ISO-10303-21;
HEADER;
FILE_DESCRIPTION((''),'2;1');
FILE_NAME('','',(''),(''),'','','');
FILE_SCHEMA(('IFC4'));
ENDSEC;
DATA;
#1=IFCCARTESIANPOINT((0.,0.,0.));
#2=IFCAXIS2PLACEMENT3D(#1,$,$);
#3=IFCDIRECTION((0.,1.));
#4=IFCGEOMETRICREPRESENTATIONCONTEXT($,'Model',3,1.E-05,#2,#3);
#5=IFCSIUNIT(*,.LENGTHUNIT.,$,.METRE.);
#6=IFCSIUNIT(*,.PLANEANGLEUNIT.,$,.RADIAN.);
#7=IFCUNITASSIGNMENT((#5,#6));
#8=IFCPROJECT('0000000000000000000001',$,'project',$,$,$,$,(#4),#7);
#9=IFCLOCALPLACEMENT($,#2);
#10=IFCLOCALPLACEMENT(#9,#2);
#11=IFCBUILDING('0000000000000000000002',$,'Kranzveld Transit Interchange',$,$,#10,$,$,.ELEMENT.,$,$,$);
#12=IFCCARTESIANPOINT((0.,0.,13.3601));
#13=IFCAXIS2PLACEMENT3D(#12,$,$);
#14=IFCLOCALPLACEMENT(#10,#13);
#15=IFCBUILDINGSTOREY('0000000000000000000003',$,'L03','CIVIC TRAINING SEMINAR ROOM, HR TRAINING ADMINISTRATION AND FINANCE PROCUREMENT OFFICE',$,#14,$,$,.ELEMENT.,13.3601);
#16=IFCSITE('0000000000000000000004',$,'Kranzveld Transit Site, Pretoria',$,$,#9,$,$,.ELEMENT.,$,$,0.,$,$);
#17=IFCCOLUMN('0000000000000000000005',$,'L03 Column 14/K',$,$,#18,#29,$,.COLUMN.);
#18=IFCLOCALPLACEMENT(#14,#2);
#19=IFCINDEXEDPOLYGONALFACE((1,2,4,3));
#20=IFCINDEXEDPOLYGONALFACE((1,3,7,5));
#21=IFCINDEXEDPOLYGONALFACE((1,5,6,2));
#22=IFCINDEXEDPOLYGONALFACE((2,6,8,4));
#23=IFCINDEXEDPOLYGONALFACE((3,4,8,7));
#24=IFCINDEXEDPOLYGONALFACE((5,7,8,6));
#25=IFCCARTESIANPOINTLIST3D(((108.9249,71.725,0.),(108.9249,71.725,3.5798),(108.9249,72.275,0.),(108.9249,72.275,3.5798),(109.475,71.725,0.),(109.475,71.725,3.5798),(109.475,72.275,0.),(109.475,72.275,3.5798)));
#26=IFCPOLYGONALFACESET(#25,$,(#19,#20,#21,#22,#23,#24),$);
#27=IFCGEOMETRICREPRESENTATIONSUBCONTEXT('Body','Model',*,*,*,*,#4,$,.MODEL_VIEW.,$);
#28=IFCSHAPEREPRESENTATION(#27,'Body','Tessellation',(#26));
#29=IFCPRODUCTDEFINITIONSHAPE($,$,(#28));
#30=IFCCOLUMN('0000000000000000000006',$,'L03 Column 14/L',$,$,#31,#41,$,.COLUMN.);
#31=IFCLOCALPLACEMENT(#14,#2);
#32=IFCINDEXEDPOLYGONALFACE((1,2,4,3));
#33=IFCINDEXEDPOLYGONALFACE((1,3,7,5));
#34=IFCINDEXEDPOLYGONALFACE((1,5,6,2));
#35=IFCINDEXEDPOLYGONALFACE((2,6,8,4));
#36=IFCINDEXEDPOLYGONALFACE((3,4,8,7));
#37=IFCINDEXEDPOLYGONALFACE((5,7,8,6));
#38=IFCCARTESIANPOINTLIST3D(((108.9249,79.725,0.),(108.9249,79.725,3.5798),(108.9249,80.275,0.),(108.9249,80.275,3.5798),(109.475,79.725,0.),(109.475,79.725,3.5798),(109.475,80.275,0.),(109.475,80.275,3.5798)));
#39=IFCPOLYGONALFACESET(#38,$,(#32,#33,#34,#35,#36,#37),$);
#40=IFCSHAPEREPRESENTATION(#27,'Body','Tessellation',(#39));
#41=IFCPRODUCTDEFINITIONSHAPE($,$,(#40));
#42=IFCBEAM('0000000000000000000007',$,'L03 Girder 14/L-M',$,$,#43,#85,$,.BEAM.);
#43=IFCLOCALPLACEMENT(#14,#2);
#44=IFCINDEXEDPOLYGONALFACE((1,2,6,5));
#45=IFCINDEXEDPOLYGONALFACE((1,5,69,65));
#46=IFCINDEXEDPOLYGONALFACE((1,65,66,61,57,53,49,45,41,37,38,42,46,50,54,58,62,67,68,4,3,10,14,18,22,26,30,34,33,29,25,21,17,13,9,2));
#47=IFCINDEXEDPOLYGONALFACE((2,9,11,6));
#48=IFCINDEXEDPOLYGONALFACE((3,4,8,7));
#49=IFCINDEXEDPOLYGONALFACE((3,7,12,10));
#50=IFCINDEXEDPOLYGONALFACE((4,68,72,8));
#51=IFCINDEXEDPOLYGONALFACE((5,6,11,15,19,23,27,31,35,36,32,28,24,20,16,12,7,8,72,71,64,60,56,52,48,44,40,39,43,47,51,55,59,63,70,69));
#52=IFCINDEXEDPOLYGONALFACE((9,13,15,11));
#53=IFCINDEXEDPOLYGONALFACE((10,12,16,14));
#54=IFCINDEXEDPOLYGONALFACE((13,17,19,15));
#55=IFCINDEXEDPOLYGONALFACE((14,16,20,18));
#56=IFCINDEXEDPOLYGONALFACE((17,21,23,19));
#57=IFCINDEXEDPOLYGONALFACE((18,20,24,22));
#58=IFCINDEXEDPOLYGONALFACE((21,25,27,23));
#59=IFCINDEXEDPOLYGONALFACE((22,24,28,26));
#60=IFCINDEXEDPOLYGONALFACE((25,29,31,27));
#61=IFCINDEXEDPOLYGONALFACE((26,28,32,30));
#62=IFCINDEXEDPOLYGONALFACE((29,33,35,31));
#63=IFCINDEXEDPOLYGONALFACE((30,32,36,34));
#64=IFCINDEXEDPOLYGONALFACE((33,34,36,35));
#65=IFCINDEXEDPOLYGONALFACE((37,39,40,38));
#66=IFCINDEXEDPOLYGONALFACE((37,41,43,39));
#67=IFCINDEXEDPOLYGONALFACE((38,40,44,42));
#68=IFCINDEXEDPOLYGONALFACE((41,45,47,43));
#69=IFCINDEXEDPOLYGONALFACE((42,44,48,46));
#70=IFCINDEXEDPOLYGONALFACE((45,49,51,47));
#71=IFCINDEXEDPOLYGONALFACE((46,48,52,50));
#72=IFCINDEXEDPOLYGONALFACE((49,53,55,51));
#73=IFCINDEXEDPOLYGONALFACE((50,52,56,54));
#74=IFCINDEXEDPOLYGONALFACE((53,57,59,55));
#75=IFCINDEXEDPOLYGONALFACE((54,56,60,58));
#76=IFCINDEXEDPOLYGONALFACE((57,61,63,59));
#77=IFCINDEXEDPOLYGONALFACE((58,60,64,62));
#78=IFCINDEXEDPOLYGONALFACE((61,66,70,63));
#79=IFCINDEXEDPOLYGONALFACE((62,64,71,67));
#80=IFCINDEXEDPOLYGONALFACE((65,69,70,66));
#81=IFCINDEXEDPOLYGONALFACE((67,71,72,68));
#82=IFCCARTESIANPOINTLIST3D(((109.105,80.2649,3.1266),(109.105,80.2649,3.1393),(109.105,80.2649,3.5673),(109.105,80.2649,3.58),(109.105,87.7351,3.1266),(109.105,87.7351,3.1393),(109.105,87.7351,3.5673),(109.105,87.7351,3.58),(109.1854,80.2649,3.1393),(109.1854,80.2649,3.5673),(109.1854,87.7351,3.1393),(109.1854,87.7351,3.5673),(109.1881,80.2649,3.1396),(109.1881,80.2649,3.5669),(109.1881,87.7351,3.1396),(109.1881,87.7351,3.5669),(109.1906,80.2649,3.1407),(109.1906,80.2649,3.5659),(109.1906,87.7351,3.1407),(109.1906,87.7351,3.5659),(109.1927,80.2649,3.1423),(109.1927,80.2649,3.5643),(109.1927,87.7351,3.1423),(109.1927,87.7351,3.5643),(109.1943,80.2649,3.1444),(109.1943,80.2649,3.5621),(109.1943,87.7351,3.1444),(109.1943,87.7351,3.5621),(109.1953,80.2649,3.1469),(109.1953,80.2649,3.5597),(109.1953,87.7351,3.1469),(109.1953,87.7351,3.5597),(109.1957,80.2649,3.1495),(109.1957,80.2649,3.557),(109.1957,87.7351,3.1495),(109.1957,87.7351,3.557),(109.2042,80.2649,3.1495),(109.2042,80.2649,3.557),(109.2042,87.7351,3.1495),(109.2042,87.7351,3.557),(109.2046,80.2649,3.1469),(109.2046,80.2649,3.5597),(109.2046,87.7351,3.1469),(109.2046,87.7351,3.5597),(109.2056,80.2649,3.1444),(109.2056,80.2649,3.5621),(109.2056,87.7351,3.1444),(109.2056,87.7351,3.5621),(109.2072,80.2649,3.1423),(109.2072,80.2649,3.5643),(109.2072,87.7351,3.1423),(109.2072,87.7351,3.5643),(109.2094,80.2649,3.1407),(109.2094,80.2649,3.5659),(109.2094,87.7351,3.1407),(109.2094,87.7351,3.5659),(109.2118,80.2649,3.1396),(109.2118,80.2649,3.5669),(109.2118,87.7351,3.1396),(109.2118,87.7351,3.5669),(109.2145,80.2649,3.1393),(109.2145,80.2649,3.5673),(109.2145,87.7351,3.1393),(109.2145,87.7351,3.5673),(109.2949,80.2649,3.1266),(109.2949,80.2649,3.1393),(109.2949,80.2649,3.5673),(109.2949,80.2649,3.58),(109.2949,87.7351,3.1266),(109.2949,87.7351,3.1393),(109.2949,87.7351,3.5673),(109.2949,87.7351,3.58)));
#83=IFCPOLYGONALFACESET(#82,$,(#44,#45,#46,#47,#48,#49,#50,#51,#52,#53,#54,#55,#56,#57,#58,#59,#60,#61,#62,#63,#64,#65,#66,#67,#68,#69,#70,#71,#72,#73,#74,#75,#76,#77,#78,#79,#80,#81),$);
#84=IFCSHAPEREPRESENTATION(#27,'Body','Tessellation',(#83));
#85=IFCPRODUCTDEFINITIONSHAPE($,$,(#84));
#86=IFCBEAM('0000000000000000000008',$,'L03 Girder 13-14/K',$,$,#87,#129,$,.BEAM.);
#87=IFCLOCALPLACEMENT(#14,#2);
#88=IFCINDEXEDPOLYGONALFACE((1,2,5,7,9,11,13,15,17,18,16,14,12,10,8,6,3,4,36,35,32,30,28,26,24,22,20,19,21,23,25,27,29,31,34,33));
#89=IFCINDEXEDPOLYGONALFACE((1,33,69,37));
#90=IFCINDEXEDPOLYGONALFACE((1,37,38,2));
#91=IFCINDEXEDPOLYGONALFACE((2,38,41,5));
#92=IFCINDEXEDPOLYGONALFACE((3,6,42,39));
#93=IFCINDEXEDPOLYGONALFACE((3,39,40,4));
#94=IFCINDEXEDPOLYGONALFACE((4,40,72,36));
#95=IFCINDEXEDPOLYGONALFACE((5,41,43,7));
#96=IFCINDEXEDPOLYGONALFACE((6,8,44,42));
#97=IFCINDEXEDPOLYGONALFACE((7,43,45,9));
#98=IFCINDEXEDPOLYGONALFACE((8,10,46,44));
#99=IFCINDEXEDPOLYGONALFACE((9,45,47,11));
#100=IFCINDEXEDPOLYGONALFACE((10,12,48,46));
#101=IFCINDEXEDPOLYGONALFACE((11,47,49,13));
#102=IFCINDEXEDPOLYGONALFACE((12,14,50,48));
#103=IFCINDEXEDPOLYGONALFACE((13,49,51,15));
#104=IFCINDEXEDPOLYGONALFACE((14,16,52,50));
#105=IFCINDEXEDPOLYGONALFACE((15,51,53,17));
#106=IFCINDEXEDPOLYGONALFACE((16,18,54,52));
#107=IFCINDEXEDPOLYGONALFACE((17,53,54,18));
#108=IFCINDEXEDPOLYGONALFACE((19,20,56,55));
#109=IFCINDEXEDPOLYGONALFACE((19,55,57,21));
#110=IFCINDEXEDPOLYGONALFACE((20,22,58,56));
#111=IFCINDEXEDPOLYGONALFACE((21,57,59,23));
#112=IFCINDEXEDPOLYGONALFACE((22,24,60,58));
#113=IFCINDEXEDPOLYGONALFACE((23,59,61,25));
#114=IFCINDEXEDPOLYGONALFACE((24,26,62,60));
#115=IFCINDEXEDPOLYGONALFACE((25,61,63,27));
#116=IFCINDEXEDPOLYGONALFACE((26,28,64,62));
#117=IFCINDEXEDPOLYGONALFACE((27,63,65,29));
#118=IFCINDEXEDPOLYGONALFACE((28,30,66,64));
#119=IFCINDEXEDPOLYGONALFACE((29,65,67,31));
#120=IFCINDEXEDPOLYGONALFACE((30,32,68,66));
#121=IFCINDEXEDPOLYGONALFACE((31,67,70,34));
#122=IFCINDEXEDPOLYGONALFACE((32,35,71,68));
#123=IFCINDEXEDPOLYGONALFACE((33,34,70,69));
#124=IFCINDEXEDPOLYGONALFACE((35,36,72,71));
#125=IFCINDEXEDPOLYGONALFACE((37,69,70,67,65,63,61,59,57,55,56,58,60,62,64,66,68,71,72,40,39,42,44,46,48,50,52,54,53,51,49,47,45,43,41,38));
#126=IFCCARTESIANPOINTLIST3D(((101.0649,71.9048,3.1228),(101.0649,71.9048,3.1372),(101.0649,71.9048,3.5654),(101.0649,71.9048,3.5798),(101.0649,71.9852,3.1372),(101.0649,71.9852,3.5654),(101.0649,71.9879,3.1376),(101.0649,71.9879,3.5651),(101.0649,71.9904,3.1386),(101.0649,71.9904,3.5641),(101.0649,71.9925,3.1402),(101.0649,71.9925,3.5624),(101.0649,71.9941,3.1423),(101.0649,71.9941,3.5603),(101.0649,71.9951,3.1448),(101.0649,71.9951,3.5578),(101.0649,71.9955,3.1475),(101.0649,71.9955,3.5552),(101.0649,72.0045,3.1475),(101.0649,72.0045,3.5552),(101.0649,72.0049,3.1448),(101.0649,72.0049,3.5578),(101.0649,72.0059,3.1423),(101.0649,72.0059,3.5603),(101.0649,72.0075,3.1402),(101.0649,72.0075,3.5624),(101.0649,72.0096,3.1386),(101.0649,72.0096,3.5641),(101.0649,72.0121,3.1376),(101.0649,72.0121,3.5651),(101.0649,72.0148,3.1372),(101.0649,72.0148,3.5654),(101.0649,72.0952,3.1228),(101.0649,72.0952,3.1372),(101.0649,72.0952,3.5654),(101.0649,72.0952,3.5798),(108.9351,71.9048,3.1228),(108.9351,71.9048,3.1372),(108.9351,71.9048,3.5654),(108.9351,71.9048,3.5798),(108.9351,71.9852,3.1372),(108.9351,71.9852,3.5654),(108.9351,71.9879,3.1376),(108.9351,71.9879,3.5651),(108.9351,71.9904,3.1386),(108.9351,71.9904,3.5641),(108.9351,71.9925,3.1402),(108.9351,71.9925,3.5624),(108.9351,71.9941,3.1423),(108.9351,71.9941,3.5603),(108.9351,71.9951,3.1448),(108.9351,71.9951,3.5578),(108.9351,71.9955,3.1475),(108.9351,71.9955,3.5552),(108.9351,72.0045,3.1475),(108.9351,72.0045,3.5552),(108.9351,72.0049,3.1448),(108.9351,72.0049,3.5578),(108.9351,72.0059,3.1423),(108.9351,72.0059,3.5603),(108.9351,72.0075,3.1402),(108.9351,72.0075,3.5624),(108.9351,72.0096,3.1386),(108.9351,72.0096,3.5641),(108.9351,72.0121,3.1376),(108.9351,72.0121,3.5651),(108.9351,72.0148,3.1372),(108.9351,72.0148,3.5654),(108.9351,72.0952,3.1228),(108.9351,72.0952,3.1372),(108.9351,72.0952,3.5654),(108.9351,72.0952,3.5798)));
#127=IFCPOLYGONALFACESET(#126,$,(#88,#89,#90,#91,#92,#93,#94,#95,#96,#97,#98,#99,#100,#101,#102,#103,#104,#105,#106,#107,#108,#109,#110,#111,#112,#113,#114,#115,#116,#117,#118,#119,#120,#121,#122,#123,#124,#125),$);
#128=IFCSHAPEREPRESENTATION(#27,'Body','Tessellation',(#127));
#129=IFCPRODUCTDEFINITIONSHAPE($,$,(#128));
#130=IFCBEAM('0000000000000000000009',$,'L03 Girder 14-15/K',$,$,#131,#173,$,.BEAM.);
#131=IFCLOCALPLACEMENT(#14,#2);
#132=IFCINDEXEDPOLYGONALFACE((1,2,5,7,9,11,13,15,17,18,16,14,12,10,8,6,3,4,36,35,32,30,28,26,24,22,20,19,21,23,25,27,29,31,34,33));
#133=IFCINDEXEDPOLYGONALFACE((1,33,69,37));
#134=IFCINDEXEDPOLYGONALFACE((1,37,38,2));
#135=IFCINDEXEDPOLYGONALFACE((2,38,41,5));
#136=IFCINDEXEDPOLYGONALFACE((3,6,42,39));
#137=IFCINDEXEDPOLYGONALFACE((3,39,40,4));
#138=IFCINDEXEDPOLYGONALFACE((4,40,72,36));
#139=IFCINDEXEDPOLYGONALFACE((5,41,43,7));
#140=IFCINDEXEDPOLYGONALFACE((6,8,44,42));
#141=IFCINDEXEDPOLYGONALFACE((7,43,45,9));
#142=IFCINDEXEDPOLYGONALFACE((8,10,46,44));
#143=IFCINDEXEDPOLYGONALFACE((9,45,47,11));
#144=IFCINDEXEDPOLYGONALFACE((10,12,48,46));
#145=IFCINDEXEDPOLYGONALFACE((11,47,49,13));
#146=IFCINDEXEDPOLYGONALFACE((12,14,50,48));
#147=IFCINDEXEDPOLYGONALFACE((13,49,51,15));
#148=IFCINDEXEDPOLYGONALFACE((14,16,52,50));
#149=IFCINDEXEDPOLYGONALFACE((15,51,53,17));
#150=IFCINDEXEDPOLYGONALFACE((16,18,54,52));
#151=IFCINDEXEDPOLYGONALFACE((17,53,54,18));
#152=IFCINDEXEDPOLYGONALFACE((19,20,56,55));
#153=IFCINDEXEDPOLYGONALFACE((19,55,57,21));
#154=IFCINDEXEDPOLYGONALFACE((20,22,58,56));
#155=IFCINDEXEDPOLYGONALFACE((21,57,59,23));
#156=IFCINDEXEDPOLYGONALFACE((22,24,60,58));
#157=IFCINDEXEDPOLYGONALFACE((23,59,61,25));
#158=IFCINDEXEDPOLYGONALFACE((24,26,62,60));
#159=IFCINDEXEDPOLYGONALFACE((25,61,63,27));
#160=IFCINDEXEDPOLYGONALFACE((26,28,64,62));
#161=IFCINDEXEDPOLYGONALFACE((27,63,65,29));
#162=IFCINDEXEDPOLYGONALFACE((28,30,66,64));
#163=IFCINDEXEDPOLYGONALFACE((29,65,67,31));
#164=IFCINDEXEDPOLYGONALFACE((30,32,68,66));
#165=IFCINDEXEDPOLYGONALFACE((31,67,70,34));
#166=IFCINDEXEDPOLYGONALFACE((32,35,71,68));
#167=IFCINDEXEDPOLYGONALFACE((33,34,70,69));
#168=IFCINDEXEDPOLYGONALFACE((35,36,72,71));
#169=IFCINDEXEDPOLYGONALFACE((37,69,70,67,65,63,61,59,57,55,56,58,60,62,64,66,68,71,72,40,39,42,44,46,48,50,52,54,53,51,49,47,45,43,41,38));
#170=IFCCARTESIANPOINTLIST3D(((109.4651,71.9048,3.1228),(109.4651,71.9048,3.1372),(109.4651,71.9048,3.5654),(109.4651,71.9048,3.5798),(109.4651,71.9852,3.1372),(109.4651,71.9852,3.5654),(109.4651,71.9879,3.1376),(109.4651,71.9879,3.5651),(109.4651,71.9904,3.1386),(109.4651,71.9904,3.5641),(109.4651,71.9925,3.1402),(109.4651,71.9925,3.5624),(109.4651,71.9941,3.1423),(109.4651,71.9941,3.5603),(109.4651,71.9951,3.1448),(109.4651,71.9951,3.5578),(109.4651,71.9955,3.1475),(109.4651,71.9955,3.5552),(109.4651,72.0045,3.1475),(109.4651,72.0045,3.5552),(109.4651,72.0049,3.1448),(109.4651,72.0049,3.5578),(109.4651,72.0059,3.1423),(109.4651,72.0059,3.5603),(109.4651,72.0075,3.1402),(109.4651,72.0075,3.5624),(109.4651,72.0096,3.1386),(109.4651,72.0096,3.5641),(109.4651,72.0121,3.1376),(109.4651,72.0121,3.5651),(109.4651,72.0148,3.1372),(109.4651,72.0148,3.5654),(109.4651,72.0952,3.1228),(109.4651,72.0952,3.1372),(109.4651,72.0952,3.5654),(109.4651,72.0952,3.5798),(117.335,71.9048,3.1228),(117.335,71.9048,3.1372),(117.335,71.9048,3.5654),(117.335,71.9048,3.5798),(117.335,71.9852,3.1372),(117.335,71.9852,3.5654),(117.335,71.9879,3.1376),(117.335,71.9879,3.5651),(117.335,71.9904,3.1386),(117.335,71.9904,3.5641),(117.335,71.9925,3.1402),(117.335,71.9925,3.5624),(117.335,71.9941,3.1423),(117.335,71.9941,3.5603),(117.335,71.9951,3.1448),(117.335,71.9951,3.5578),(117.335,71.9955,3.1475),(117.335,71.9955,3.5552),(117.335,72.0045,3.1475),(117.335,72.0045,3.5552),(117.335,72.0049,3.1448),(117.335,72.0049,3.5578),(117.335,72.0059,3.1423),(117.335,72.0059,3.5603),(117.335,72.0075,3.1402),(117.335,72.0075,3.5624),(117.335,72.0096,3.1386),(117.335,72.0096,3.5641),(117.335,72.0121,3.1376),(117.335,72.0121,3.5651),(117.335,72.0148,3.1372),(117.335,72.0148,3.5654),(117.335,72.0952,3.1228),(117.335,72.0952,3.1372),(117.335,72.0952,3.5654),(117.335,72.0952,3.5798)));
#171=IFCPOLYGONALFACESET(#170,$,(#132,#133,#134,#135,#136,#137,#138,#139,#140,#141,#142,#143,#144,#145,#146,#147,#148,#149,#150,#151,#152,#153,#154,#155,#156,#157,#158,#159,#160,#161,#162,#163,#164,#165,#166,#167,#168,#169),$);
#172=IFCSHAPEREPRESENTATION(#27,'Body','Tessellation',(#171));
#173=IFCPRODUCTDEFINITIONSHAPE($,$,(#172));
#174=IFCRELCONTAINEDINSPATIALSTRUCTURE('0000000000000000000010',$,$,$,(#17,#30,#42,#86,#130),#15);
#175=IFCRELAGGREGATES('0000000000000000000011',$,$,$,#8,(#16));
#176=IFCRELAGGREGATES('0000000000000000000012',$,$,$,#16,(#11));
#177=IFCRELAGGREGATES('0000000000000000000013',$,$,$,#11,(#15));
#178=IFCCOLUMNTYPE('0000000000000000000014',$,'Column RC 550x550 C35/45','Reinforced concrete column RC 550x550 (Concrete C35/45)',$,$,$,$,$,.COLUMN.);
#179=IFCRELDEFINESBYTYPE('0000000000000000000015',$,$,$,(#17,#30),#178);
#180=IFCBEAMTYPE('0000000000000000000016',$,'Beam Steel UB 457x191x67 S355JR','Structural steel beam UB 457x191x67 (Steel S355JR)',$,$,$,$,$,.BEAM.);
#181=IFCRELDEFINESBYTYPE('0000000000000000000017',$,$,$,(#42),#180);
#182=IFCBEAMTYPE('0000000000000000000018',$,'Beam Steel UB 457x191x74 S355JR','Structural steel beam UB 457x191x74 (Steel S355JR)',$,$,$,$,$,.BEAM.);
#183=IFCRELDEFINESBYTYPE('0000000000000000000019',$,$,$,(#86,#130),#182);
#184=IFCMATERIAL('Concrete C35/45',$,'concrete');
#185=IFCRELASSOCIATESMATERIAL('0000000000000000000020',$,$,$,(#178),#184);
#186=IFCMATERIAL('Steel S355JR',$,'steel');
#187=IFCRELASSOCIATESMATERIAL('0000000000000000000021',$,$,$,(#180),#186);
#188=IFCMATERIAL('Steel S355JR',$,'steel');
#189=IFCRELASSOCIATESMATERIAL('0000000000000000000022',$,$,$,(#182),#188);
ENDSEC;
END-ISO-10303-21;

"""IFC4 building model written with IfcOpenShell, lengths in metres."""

from ifc_helpers import new_model, si_unit, direction, frame, origin, origin_2d, place, context, subcontext, project, spatial, rectangle, i_section, extrude, material, material_profile, profile_set, type_object, element, save


model = new_model("IFC4")

# Units and contexts
model_context = context("Model", 3, precision=1e-05, world=origin(), true_north=direction((0.0, 1.0)))
body_context = subcontext(model_context, "Body", "Model", "MODEL_VIEW")
ifc_project = project(units=[si_unit("LENGTHUNIT", "METRE"), si_unit("PLANEANGLEUNIT", "RADIAN")], contexts=[model_context])

# Site, building, storey
site_placement = place(None, origin())
site = spatial("IfcSite", under=ifc_project, at=site_placement, Name="Kranzveld Transit Site, Pretoria", CompositionType="ELEMENT", RefElevation=0.0)
building_placement = place(site_placement, origin())
building = spatial("IfcBuilding", under=site, at=building_placement, Name="Kranzveld Transit Interchange", CompositionType="ELEMENT")
storey_placement = place(building_placement, frame((0.0, 0.0, 13.3601)))
storey = spatial("IfcBuildingStorey", under=building, at=storey_placement, Name="L03", Description="CIVIC TRAINING SEMINAR ROOM, HR TRAINING ADMINISTRATION AND FINANCE PROCUREMENT OFFICE", CompositionType="ELEMENT", Elevation=13.3601)

# Columns
ifc_material_1 = material(Name="Concrete C35/45", Category="concrete")
ifc_material_profile_1 = material_profile(ifc_material_1, rectangle(XDim=0.55, YDim=0.55, at=origin_2d()), Name="RC 550x550")
ifc_profile_set_1 = profile_set([ifc_material_profile_1], Name="Concrete C35/45")
column_type = type_object("IfcColumnType", Name="Column RC 550x550 C35/45", Description="Reinforced concrete column RC 550x550 (Concrete C35/45)", PredefinedType="COLUMN", material=ifc_profile_set_1)
for number, where, z_axis, x_axis, name in (
    (1, (109.2, 72.0, 0.0), (0.0, 0.0, 1.0), (1.0, 0.0, 0.0), "L03 Column 14/K"),
    (2, (109.2, 80.0, 0.0), (0.0, 0.0, 1.0), (1.0, 0.0, 0.0), "L03 Column 14/L"),
):
    element("IfcColumn", number, at=place(storey_placement, frame(where, z_axis=z_axis, x_axis=x_axis)), inside=storey, type_object=column_type, Name=name, PredefinedType="COLUMN", context=body_context, shape_type="SweptSolid", body=[
        extrude(rectangle(XDim=0.55, YDim=0.55, at=origin_2d()), origin(), (0.0, 0.0, 1.0), 3.5798),
    ])

# Beams
ifc_material_2 = material(Name="Steel S355JR", Category="steel")
ifc_material_profile_2 = material_profile(ifc_material_2, i_section(OverallWidth=0.1899, OverallDepth=0.4534, WebThickness=0.0085, FlangeThickness=0.0127, FilletRadius=0.0103, at=origin_2d()), Name="UB 457x191x67")
ifc_profile_set_2 = profile_set([ifc_material_profile_2], Name="Steel S355JR")
beam_type_1 = type_object("IfcBeamType", Name="Beam Steel UB 457x191x67 S355JR", Description="Structural steel beam UB 457x191x67 (Steel S355JR)", PredefinedType="BEAM", material=ifc_profile_set_2)
beam_1_placement = place(storey_placement, frame((109.2, 80.2649, 3.3533), z_axis=(0.0, 1.0, 0.0), x_axis=(-1.0, 0.0, 0.0)))
element("IfcBeam", 3, at=beam_1_placement, inside=storey, type_object=beam_type_1, Name="L03 Girder 14/L-M", PredefinedType="BEAM", context=body_context, shape_type="SweptSolid", body=[
    extrude(i_section(OverallWidth=0.1899, OverallDepth=0.4534, WebThickness=0.0085, FlangeThickness=0.0127, FilletRadius=0.0103, at=origin_2d()), origin(), (0.0, 0.0, 1.0), 7.4702),
])
ifc_material_3 = material(Name="Steel S355JR", Category="steel")
ifc_material_profile_3 = material_profile(ifc_material_3, i_section(OverallWidth=0.1904, OverallDepth=0.457, WebThickness=0.009, FlangeThickness=0.0144, FilletRadius=0.0103, at=origin_2d()), Name="UB 457x191x74")
ifc_profile_set_3 = profile_set([ifc_material_profile_3], Name="Steel S355JR")
beam_type_2 = type_object("IfcBeamType", Name="Beam Steel UB 457x191x74 S355JR", Description="Structural steel beam UB 457x191x74 (Steel S355JR)", PredefinedType="BEAM", material=ifc_profile_set_3)
beam_2_placement = place(storey_placement, frame((101.0649, 72.0, 3.3513), z_axis=(1.0, 0.0, 0.0), x_axis=(0.0, 1.0, 0.0)))
element("IfcBeam", 4, at=beam_2_placement, inside=storey, type_object=beam_type_2, Name="L03 Girder 13-14/K", PredefinedType="BEAM", context=body_context, shape_type="SweptSolid", body=[
    extrude(i_section(OverallWidth=0.1904, OverallDepth=0.457, WebThickness=0.009, FlangeThickness=0.0144, FilletRadius=0.0103, at=origin_2d()), origin(), (0.0, 0.0, 1.0), 7.8701),
])
beam_3_placement = place(storey_placement, frame((109.4651, 72.0, 3.3513), z_axis=(1.0, 0.0, 0.0), x_axis=(0.0, 1.0, 0.0)))
element("IfcBeam", 5, at=beam_3_placement, inside=storey, type_object=beam_type_2, Name="L03 Girder 14-15/K", PredefinedType="BEAM", context=body_context, shape_type="SweptSolid", body=[
    extrude(i_section(OverallWidth=0.1904, OverallDepth=0.457, WebThickness=0.009, FlangeThickness=0.0144, FilletRadius=0.0103, at=origin_2d()), origin(), (0.0, 0.0, 1.0), 7.8699),
])

save(model, "model.ifc")
